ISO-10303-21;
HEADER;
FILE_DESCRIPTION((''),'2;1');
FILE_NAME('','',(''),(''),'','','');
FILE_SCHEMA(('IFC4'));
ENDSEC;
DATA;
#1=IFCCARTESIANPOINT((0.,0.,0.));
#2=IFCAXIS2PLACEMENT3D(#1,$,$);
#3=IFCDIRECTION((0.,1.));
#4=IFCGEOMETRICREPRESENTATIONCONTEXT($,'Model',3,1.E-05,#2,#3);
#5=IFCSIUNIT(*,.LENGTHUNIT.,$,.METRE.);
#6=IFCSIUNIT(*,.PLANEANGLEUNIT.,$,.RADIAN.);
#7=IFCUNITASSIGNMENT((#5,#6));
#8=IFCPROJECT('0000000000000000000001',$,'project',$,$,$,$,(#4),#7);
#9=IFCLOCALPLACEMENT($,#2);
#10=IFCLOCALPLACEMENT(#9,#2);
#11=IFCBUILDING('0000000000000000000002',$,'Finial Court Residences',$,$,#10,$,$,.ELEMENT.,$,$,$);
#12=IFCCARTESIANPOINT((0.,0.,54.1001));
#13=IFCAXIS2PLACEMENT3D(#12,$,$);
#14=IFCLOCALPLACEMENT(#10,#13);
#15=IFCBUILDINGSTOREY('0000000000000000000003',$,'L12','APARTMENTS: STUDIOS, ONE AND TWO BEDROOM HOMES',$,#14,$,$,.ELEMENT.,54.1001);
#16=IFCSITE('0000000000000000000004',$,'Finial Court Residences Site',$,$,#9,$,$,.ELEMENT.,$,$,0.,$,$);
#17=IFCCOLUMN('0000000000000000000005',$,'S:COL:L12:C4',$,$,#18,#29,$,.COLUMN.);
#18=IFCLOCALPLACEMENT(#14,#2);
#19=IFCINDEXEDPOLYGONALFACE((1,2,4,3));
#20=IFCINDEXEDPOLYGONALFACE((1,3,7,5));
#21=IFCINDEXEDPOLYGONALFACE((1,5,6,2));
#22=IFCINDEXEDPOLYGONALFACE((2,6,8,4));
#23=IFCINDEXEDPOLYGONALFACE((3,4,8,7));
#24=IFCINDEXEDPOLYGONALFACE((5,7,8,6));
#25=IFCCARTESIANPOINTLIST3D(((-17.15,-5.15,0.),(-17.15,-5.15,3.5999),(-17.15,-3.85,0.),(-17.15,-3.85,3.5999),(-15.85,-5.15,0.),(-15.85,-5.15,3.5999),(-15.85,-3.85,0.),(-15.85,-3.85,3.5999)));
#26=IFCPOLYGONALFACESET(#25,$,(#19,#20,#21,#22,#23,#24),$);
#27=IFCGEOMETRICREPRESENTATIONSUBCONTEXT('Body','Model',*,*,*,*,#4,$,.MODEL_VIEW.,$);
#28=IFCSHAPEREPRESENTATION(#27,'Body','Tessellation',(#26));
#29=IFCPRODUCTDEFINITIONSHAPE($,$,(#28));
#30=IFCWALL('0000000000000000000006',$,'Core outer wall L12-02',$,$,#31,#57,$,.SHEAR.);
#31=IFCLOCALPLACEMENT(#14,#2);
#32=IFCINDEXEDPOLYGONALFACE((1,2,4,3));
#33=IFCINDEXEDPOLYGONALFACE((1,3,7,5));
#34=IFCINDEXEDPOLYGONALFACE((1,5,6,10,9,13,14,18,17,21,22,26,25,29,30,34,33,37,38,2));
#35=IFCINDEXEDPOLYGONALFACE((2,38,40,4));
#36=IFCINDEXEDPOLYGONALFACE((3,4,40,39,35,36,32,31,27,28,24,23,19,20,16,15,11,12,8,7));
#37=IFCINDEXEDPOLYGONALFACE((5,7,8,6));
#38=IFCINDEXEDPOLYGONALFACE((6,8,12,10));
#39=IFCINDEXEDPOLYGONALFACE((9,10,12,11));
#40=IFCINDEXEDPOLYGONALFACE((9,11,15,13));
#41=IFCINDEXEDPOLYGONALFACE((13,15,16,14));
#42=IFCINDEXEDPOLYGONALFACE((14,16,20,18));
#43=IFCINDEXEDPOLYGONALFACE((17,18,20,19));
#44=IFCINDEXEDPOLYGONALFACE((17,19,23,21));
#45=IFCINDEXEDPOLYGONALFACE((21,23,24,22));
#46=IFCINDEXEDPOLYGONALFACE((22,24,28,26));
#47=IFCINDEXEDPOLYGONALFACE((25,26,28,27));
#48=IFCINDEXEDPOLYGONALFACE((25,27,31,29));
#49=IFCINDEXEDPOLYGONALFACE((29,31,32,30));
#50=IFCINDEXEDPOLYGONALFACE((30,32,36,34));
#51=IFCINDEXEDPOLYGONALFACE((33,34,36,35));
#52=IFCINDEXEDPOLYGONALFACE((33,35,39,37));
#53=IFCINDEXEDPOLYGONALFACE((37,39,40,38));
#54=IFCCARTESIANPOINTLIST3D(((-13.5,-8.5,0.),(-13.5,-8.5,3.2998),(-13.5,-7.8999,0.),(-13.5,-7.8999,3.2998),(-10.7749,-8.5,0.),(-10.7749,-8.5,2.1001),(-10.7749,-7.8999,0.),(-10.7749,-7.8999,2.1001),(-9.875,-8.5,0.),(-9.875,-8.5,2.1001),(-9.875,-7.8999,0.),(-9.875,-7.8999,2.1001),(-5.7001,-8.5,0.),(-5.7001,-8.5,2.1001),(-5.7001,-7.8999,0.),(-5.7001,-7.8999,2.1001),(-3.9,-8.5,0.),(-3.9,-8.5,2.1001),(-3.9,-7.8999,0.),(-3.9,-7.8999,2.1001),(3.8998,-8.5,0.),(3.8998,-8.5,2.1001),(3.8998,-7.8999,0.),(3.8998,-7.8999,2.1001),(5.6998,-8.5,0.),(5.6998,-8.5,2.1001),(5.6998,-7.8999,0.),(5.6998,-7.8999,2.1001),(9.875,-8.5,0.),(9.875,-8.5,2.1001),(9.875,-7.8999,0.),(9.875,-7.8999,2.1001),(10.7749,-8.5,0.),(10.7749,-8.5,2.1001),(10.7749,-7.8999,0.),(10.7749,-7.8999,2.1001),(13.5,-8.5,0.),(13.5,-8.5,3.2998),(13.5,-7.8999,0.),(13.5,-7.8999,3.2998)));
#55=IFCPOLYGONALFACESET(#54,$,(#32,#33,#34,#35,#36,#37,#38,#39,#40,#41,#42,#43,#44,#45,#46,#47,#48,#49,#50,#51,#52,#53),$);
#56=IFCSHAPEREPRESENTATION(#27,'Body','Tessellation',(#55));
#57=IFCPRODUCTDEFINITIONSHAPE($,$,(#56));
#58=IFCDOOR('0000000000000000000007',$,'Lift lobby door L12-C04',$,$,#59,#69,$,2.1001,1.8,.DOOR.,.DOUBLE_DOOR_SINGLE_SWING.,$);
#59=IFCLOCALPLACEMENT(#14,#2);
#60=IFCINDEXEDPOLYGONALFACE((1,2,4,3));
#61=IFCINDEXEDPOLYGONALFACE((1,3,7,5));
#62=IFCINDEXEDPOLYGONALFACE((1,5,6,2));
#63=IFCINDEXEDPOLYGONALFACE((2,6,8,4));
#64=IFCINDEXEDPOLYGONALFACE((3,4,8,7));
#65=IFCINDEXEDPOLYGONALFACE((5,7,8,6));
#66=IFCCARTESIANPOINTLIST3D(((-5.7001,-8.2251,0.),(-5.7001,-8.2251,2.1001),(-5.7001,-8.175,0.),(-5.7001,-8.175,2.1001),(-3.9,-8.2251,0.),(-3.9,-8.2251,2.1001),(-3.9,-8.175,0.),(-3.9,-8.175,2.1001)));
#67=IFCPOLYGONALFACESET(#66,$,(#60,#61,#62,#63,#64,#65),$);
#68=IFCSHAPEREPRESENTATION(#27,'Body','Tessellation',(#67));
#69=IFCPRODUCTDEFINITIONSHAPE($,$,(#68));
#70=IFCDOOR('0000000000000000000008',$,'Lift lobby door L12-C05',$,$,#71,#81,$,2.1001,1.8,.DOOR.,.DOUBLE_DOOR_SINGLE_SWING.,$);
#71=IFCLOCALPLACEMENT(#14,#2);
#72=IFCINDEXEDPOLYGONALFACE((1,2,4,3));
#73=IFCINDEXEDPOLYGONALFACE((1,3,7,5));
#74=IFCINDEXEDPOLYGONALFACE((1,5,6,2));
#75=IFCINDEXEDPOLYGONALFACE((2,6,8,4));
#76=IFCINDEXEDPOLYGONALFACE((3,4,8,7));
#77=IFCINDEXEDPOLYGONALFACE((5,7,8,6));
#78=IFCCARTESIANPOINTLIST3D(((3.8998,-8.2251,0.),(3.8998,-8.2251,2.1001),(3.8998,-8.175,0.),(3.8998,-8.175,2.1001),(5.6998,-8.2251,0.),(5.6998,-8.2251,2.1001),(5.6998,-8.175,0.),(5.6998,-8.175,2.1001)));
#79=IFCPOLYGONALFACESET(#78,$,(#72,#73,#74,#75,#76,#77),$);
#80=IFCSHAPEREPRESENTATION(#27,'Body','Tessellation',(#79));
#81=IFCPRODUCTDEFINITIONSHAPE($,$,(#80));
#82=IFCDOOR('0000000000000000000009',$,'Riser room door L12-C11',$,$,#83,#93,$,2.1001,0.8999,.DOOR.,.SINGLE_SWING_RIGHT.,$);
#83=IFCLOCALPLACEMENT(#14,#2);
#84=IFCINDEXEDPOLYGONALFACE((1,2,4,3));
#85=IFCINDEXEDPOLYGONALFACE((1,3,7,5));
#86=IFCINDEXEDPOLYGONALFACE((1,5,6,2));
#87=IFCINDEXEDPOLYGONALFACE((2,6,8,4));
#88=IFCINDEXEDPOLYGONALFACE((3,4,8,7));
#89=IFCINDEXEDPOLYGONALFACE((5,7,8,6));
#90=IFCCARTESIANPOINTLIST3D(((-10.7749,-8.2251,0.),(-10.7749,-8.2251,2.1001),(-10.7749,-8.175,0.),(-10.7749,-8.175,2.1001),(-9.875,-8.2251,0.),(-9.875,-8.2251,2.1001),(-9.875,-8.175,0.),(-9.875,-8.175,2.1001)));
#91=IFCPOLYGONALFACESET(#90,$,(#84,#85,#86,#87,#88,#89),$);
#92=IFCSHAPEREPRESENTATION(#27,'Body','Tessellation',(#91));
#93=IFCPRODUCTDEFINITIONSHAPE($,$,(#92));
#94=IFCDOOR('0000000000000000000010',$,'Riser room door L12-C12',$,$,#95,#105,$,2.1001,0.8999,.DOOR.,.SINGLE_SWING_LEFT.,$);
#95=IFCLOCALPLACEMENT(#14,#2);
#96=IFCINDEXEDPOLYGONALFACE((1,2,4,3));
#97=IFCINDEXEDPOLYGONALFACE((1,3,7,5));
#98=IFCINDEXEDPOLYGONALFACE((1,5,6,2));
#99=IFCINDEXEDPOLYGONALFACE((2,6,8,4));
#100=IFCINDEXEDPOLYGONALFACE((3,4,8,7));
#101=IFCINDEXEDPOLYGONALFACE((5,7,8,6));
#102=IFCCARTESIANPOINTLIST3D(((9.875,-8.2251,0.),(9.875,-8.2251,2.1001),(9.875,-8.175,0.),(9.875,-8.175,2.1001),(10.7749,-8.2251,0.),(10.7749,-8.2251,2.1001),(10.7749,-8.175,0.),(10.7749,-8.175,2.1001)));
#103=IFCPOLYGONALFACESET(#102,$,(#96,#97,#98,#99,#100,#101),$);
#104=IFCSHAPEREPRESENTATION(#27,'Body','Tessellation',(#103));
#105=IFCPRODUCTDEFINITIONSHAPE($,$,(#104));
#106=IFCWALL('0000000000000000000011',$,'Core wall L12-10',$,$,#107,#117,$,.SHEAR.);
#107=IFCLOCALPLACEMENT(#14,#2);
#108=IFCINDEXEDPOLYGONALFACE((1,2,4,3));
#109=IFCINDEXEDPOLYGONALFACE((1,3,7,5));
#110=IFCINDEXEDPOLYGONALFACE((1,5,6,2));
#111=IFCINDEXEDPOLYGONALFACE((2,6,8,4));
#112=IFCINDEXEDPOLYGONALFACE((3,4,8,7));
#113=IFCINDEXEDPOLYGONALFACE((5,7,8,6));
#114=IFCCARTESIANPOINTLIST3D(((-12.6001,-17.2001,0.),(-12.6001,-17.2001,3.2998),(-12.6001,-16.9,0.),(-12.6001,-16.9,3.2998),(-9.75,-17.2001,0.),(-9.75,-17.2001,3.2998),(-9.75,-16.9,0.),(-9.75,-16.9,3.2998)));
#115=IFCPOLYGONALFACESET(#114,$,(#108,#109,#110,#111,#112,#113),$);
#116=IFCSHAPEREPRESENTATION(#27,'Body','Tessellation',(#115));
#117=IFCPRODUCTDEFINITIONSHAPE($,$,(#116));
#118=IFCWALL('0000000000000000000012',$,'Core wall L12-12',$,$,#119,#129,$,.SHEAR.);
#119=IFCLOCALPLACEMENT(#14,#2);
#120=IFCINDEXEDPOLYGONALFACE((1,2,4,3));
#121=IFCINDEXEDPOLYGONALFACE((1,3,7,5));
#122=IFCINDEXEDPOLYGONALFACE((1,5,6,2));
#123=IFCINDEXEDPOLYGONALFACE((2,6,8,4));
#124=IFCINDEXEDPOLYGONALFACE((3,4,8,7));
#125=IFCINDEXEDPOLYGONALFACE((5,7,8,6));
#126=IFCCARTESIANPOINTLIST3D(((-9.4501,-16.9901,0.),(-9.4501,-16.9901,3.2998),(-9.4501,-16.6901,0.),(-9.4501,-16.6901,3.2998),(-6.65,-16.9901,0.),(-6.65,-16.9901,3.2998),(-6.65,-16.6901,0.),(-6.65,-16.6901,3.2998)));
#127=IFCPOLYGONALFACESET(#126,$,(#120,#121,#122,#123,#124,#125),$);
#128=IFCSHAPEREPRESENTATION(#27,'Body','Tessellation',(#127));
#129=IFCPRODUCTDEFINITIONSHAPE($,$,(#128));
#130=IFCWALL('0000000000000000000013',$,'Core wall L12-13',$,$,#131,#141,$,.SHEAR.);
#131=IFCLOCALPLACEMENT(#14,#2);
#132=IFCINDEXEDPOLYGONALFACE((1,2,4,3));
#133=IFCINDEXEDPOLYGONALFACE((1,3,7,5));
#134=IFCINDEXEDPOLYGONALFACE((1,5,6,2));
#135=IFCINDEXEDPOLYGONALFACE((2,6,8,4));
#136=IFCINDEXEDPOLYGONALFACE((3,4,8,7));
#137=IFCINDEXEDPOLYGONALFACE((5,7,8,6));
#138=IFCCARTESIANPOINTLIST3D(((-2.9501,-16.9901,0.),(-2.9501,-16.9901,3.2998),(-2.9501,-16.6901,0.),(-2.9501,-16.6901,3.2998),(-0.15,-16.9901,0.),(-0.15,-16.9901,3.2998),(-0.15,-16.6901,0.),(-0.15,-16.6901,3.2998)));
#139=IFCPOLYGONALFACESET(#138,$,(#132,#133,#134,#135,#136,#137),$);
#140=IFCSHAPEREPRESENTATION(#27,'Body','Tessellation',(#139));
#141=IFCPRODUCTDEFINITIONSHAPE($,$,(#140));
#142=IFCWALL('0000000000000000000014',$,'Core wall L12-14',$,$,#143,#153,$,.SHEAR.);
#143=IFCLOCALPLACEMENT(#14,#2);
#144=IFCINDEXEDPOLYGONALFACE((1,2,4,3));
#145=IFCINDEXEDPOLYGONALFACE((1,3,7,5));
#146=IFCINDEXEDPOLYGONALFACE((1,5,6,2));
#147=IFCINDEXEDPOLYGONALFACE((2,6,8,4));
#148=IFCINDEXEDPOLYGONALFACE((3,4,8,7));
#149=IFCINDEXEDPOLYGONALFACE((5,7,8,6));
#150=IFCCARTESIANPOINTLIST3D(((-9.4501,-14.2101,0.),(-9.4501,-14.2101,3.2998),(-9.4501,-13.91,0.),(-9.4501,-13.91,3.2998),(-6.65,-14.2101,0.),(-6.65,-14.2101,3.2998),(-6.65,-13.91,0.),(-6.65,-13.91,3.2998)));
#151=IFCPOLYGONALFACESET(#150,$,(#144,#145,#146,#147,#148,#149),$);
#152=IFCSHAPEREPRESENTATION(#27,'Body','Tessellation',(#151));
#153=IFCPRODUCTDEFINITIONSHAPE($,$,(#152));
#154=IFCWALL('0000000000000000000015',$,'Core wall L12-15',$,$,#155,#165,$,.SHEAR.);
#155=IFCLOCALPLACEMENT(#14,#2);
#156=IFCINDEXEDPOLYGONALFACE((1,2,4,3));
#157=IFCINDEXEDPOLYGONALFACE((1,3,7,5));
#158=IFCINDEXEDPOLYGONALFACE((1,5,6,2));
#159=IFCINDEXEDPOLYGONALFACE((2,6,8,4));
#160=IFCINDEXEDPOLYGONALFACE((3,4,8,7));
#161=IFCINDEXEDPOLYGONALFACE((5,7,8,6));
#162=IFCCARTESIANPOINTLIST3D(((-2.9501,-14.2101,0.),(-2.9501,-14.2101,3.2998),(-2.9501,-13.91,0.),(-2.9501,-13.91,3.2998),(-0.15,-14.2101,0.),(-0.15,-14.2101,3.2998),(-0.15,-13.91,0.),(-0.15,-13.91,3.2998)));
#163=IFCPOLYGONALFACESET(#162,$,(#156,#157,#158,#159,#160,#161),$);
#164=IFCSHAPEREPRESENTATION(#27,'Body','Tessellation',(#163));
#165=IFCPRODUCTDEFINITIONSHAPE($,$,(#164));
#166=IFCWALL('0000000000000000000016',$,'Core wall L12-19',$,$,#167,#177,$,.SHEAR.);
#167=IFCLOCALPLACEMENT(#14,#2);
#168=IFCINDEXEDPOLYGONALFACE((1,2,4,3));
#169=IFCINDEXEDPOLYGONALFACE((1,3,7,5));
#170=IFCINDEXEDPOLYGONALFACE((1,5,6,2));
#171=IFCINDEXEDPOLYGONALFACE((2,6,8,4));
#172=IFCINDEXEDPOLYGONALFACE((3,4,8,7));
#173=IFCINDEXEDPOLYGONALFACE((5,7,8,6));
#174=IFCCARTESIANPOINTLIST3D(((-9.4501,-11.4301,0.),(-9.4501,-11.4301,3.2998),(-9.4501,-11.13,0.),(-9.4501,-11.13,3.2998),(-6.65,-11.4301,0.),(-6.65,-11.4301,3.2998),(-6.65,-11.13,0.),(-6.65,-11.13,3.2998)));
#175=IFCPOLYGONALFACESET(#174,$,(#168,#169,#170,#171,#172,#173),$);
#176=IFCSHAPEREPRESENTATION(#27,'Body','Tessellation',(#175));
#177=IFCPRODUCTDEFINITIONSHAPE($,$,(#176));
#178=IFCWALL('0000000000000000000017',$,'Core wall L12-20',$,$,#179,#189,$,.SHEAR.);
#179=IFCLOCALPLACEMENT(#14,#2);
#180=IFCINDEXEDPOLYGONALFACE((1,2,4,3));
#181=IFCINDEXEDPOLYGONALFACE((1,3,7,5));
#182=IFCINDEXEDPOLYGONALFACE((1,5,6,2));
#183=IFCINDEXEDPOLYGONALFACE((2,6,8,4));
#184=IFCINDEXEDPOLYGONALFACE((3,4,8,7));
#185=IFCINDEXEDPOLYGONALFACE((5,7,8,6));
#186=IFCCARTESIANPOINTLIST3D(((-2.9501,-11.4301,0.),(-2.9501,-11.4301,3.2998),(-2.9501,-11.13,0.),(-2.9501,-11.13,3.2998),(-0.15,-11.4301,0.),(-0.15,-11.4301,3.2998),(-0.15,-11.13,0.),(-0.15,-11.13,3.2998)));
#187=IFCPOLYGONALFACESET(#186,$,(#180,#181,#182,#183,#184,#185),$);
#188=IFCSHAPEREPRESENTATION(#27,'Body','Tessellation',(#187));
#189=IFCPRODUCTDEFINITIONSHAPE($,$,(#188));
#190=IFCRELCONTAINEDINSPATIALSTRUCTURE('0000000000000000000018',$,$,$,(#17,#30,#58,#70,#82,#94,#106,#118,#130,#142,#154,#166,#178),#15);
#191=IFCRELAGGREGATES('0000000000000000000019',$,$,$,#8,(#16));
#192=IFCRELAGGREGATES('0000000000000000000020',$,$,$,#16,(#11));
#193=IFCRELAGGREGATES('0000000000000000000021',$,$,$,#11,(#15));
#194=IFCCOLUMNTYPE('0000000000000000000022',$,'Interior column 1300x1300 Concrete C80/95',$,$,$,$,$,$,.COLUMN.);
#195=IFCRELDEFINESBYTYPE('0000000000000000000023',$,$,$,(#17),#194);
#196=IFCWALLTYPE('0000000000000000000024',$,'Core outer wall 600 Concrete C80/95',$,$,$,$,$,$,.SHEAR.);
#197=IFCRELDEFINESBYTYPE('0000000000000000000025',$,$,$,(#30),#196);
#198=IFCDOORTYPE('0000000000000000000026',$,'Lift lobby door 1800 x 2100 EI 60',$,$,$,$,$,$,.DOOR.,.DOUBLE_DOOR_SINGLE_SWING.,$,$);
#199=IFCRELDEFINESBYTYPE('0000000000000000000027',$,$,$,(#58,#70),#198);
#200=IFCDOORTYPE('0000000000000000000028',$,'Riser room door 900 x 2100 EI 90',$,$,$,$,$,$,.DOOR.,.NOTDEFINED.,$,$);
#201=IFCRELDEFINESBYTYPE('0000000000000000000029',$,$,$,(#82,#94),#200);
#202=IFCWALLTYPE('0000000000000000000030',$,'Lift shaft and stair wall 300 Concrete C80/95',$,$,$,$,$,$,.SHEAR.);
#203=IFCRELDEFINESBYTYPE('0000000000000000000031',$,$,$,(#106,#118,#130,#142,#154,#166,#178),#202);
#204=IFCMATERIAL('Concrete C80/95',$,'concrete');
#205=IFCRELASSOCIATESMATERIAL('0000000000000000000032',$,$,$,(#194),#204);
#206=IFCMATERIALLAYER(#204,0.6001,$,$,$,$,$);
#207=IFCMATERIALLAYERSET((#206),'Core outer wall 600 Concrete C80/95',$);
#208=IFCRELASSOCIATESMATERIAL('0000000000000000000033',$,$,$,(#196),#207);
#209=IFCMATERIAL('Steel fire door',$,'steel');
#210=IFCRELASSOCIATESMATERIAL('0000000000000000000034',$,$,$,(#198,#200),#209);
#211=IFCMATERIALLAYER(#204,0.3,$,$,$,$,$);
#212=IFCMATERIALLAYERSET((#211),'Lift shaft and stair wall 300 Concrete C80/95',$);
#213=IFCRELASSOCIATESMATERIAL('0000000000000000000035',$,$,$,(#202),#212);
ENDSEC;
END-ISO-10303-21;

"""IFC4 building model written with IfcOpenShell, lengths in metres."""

from ifc_helpers import new_model, si_unit, direction, frame, frame_2d, origin, origin_2d, place, context, subcontext, project, spatial, rectangle, extrude, material, layer, layer_set, material_profile, profile_set, type_object, element, fill, save


model = new_model("IFC4")

# Units and contexts
model_context = context("Model", 3, precision=1e-05, world=origin(), true_north=direction((0.0, 1.0)))
body_context = subcontext(model_context, "Body", "Model", "MODEL_VIEW")
ifc_project = project(units=[si_unit("LENGTHUNIT", "METRE"), si_unit("PLANEANGLEUNIT", "RADIAN")], contexts=[model_context])

# Site, building, storey
site_placement = place(None, origin())
site = spatial("IfcSite", under=ifc_project, at=site_placement, Name="Finial Court Residences Site", CompositionType="ELEMENT", RefElevation=0.0)
building_placement = place(site_placement, origin())
building = spatial("IfcBuilding", under=site, at=building_placement, Name="Finial Court Residences", CompositionType="ELEMENT")
storey_placement = place(building_placement, frame((0.0, 0.0, 54.1001)))
storey = spatial("IfcBuildingStorey", under=building, at=storey_placement, Name="L12", Description="APARTMENTS: STUDIOS, ONE AND TWO BEDROOM HOMES", CompositionType="ELEMENT", Elevation=54.1001)

# Column
ifc_material_1 = material(Name="Concrete C80/95", Category="concrete")
ifc_material_profile = material_profile(ifc_material_1, rectangle(XDim=1.3, YDim=1.3, at=origin_2d()), Name="1300x1300")
ifc_profile_set = profile_set([ifc_material_profile], Name="Concrete C80/95")
column_type = type_object("IfcColumnType", Name="Interior column 1300x1300 Concrete C80/95", PredefinedType="COLUMN", material=ifc_profile_set)
column_placement = place(storey_placement, frame((-16.5, -4.5, 0.0), z_axis=(0.0, 0.0, 1.0), x_axis=(1.0, 0.0, 0.0)))
element("IfcColumn", 1, at=column_placement, inside=storey, type_object=column_type, Name="S:COL:L12:C4", PredefinedType="COLUMN", context=body_context, shape_type="SweptSolid", body=[
    extrude(rectangle(XDim=1.3, YDim=1.3, at=origin_2d()), origin(), (0.0, 0.0, 1.0), 3.5999),
])

# Wall, openings, doors
ifc_layer_1 = layer(ifc_material_1, 0.6001)
ifc_layer_set_1 = layer_set([ifc_layer_1], Name="Core outer wall 600 Concrete C80/95")
wall_type_1 = type_object("IfcWallType", Name="Core outer wall 600 Concrete C80/95", PredefinedType="SHEAR", material=ifc_layer_set_1)
wall_1_placement = place(storey_placement, frame((-13.5, -8.2, 0.0), z_axis=(0.0, 0.0, 1.0), x_axis=(1.0, 0.0, 0.0)))
wall_1 = element("IfcWall", 2, at=wall_1_placement, inside=storey, type_object=wall_type_1, Name="Core outer wall L12-02", PredefinedType="SHEAR", context=body_context, shape_type="SweptSolid", body=[
    extrude(rectangle(XDim=27.0, YDim=0.6001, at=frame_2d((13.5, 0.0))), origin(), (0.0, 0.0, 1.0), 3.2998),
])
opening_1_placement = place(wall_1_placement, frame((7.8, 0.0, 0.0)))
opening_1 = element("IfcOpeningElement", 3, at=opening_1_placement, cuts=wall_1, PredefinedType="OPENING", context=body_context, shape_type="SweptSolid", body=[
    extrude(rectangle(XDim=1.8, YDim=2.1001, at=frame_2d((0.8999, 1.05))), frame((0.0, 0.3101, 0.0), z_axis=(0.0, -1.0, 0.0), x_axis=(1.0, 0.0, 0.0)), (0.0, 0.0, 1.0), 0.6201),
])
opening_2_placement = place(wall_1_placement, frame((17.3999, 0.0, 0.0)))
opening_2 = element("IfcOpeningElement", 4, at=opening_2_placement, cuts=wall_1, PredefinedType="OPENING", context=body_context, shape_type="SweptSolid", body=[
    extrude(rectangle(XDim=1.8, YDim=2.1001, at=frame_2d((0.8999, 1.05))), frame((0.0, 0.3101, 0.0), z_axis=(0.0, -1.0, 0.0), x_axis=(1.0, 0.0, 0.0)), (0.0, 0.0, 1.0), 0.6201),
])
opening_3_placement = place(wall_1_placement, frame((2.7251, 0.0, 0.0)))
opening_3 = element("IfcOpeningElement", 5, at=opening_3_placement, cuts=wall_1, PredefinedType="OPENING", context=body_context, shape_type="SweptSolid", body=[
    extrude(rectangle(XDim=0.8999, YDim=2.1001, at=frame_2d((0.45, 1.05))), frame((0.0, 0.3101, 0.0), z_axis=(0.0, -1.0, 0.0), x_axis=(1.0, 0.0, 0.0)), (0.0, 0.0, 1.0), 0.6201),
])
opening_4_placement = place(wall_1_placement, frame((23.375, 0.0, 0.0)))
opening_4 = element("IfcOpeningElement", 6, at=opening_4_placement, cuts=wall_1, PredefinedType="OPENING", context=body_context, shape_type="SweptSolid", body=[
    extrude(rectangle(XDim=0.8999, YDim=2.1001, at=frame_2d((0.45, 1.05))), frame((0.0, 0.3101, 0.0), z_axis=(0.0, -1.0, 0.0), x_axis=(1.0, 0.0, 0.0)), (0.0, 0.0, 1.0), 0.6201),
])
ifc_material_2 = material(Name="Steel fire door", Category="steel")
door_type_1 = type_object("IfcDoorType", Name="Lift lobby door 1800 x 2100 EI 60", OperationType="DOUBLE_DOOR_SINGLE_SWING", PredefinedType="DOOR", material=ifc_material_2)
door_1_placement = place(opening_1_placement, origin())
door_1 = element("IfcDoor", 7, at=door_1_placement, inside=storey, type_object=door_type_1, Name="Lift lobby door L12-C04", OperationType="DOUBLE_DOOR_SINGLE_SWING", OverallHeight=2.1001, OverallWidth=1.8, PredefinedType="DOOR", context=body_context, shape_type="SweptSolid", body=[
    extrude(rectangle(XDim=1.8, YDim=2.1001, at=frame_2d((0.8999, 1.05))), frame((0.0, 0.0249, 0.0), z_axis=(0.0, -1.0, 0.0), x_axis=(1.0, 0.0, 0.0)), (0.0, 0.0, 1.0), 0.05),
])
fill(opening_1, door_1)
door_2_placement = place(opening_2_placement, origin())
door_2 = element("IfcDoor", 8, at=door_2_placement, inside=storey, type_object=door_type_1, Name="Lift lobby door L12-C05", OperationType="DOUBLE_DOOR_SINGLE_SWING", OverallHeight=2.1001, OverallWidth=1.8, PredefinedType="DOOR", context=body_context, shape_type="SweptSolid", body=[
    extrude(rectangle(XDim=1.8, YDim=2.1001, at=frame_2d((0.8999, 1.05))), frame((0.0, 0.0249, 0.0), z_axis=(0.0, -1.0, 0.0), x_axis=(1.0, 0.0, 0.0)), (0.0, 0.0, 1.0), 0.05),
])
fill(opening_2, door_2)
door_type_2 = type_object("IfcDoorType", Name="Riser room door 900 x 2100 EI 90", OperationType="NOTDEFINED", PredefinedType="DOOR", material=ifc_material_2)
door_3_placement = place(opening_3_placement, origin())
door_3 = element("IfcDoor", 9, at=door_3_placement, inside=storey, type_object=door_type_2, Name="Riser room door L12-C11", OperationType="SINGLE_SWING_RIGHT", OverallHeight=2.1001, OverallWidth=0.8999, PredefinedType="DOOR", context=body_context, shape_type="SweptSolid", body=[
    extrude(rectangle(XDim=0.8999, YDim=2.1001, at=frame_2d((0.45, 1.05))), frame((0.0, 0.0249, 0.0), z_axis=(0.0, -1.0, 0.0), x_axis=(1.0, 0.0, 0.0)), (0.0, 0.0, 1.0), 0.05),
])
fill(opening_3, door_3)
door_4_placement = place(opening_4_placement, origin())
door_4 = element("IfcDoor", 10, at=door_4_placement, inside=storey, type_object=door_type_2, Name="Riser room door L12-C12", OperationType="SINGLE_SWING_LEFT", OverallHeight=2.1001, OverallWidth=0.8999, PredefinedType="DOOR", context=body_context, shape_type="SweptSolid", body=[
    extrude(rectangle(XDim=0.8999, YDim=2.1001, at=frame_2d((0.45, 1.05))), frame((0.0, 0.0249, 0.0), z_axis=(0.0, -1.0, 0.0), x_axis=(1.0, 0.0, 0.0)), (0.0, 0.0, 1.0), 0.05),
])
fill(opening_4, door_4)

# Walls
ifc_layer_2 = layer(ifc_material_1, 0.3)
ifc_layer_set_2 = layer_set([ifc_layer_2], Name="Lift shaft and stair wall 300 Concrete C80/95")
wall_type_2 = type_object("IfcWallType", Name="Lift shaft and stair wall 300 Concrete C80/95", PredefinedType="SHEAR", material=ifc_layer_set_2)
wall_2_placement = place(storey_placement, frame((-12.6001, -17.05, 0.0), z_axis=(0.0, 0.0, 1.0), x_axis=(1.0, 0.0, 0.0)))
element("IfcWall", 11, at=wall_2_placement, inside=storey, type_object=wall_type_2, Name="Core wall L12-10", PredefinedType="SHEAR", context=body_context, shape_type="SweptSolid", body=[
    extrude(rectangle(XDim=2.8501, YDim=0.3, at=frame_2d((1.425, 0.0))), origin(), (0.0, 0.0, 1.0), 3.2998),
])
for number, where, z_axis, x_axis, name in (
    (12, (-9.45, -16.8401, 0.0), (0.0, 0.0, 1.0), (1.0, 0.0, 0.0), "Core wall L12-12"),
    (13, (-2.95, -16.8401, 0.0), (0.0, 0.0, 1.0), (1.0, 0.0, 0.0), "Core wall L12-13"),
    (14, (-9.45, -14.0601, 0.0), (0.0, 0.0, 1.0), (1.0, 0.0, 0.0), "Core wall L12-14"),
    (15, (-2.95, -14.0601, 0.0), (0.0, 0.0, 1.0), (1.0, 0.0, 0.0), "Core wall L12-15"),
    (16, (-9.45, -11.28, 0.0), (0.0, 0.0, 1.0), (1.0, 0.0, 0.0), "Core wall L12-19"),
    (17, (-2.95, -11.28, 0.0), (0.0, 0.0, 1.0), (1.0, 0.0, 0.0), "Core wall L12-20"),
):
    element("IfcWall", number, at=place(storey_placement, frame(where, z_axis=z_axis, x_axis=x_axis)), inside=storey, type_object=wall_type_2, Name=name, PredefinedType="SHEAR", context=body_context, shape_type="SweptSolid", body=[
        extrude(rectangle(XDim=2.8, YDim=0.3, at=frame_2d((1.3999, 0.0))), origin(), (0.0, 0.0, 1.0), 3.2998),
    ])

save(model, "model.ifc")
